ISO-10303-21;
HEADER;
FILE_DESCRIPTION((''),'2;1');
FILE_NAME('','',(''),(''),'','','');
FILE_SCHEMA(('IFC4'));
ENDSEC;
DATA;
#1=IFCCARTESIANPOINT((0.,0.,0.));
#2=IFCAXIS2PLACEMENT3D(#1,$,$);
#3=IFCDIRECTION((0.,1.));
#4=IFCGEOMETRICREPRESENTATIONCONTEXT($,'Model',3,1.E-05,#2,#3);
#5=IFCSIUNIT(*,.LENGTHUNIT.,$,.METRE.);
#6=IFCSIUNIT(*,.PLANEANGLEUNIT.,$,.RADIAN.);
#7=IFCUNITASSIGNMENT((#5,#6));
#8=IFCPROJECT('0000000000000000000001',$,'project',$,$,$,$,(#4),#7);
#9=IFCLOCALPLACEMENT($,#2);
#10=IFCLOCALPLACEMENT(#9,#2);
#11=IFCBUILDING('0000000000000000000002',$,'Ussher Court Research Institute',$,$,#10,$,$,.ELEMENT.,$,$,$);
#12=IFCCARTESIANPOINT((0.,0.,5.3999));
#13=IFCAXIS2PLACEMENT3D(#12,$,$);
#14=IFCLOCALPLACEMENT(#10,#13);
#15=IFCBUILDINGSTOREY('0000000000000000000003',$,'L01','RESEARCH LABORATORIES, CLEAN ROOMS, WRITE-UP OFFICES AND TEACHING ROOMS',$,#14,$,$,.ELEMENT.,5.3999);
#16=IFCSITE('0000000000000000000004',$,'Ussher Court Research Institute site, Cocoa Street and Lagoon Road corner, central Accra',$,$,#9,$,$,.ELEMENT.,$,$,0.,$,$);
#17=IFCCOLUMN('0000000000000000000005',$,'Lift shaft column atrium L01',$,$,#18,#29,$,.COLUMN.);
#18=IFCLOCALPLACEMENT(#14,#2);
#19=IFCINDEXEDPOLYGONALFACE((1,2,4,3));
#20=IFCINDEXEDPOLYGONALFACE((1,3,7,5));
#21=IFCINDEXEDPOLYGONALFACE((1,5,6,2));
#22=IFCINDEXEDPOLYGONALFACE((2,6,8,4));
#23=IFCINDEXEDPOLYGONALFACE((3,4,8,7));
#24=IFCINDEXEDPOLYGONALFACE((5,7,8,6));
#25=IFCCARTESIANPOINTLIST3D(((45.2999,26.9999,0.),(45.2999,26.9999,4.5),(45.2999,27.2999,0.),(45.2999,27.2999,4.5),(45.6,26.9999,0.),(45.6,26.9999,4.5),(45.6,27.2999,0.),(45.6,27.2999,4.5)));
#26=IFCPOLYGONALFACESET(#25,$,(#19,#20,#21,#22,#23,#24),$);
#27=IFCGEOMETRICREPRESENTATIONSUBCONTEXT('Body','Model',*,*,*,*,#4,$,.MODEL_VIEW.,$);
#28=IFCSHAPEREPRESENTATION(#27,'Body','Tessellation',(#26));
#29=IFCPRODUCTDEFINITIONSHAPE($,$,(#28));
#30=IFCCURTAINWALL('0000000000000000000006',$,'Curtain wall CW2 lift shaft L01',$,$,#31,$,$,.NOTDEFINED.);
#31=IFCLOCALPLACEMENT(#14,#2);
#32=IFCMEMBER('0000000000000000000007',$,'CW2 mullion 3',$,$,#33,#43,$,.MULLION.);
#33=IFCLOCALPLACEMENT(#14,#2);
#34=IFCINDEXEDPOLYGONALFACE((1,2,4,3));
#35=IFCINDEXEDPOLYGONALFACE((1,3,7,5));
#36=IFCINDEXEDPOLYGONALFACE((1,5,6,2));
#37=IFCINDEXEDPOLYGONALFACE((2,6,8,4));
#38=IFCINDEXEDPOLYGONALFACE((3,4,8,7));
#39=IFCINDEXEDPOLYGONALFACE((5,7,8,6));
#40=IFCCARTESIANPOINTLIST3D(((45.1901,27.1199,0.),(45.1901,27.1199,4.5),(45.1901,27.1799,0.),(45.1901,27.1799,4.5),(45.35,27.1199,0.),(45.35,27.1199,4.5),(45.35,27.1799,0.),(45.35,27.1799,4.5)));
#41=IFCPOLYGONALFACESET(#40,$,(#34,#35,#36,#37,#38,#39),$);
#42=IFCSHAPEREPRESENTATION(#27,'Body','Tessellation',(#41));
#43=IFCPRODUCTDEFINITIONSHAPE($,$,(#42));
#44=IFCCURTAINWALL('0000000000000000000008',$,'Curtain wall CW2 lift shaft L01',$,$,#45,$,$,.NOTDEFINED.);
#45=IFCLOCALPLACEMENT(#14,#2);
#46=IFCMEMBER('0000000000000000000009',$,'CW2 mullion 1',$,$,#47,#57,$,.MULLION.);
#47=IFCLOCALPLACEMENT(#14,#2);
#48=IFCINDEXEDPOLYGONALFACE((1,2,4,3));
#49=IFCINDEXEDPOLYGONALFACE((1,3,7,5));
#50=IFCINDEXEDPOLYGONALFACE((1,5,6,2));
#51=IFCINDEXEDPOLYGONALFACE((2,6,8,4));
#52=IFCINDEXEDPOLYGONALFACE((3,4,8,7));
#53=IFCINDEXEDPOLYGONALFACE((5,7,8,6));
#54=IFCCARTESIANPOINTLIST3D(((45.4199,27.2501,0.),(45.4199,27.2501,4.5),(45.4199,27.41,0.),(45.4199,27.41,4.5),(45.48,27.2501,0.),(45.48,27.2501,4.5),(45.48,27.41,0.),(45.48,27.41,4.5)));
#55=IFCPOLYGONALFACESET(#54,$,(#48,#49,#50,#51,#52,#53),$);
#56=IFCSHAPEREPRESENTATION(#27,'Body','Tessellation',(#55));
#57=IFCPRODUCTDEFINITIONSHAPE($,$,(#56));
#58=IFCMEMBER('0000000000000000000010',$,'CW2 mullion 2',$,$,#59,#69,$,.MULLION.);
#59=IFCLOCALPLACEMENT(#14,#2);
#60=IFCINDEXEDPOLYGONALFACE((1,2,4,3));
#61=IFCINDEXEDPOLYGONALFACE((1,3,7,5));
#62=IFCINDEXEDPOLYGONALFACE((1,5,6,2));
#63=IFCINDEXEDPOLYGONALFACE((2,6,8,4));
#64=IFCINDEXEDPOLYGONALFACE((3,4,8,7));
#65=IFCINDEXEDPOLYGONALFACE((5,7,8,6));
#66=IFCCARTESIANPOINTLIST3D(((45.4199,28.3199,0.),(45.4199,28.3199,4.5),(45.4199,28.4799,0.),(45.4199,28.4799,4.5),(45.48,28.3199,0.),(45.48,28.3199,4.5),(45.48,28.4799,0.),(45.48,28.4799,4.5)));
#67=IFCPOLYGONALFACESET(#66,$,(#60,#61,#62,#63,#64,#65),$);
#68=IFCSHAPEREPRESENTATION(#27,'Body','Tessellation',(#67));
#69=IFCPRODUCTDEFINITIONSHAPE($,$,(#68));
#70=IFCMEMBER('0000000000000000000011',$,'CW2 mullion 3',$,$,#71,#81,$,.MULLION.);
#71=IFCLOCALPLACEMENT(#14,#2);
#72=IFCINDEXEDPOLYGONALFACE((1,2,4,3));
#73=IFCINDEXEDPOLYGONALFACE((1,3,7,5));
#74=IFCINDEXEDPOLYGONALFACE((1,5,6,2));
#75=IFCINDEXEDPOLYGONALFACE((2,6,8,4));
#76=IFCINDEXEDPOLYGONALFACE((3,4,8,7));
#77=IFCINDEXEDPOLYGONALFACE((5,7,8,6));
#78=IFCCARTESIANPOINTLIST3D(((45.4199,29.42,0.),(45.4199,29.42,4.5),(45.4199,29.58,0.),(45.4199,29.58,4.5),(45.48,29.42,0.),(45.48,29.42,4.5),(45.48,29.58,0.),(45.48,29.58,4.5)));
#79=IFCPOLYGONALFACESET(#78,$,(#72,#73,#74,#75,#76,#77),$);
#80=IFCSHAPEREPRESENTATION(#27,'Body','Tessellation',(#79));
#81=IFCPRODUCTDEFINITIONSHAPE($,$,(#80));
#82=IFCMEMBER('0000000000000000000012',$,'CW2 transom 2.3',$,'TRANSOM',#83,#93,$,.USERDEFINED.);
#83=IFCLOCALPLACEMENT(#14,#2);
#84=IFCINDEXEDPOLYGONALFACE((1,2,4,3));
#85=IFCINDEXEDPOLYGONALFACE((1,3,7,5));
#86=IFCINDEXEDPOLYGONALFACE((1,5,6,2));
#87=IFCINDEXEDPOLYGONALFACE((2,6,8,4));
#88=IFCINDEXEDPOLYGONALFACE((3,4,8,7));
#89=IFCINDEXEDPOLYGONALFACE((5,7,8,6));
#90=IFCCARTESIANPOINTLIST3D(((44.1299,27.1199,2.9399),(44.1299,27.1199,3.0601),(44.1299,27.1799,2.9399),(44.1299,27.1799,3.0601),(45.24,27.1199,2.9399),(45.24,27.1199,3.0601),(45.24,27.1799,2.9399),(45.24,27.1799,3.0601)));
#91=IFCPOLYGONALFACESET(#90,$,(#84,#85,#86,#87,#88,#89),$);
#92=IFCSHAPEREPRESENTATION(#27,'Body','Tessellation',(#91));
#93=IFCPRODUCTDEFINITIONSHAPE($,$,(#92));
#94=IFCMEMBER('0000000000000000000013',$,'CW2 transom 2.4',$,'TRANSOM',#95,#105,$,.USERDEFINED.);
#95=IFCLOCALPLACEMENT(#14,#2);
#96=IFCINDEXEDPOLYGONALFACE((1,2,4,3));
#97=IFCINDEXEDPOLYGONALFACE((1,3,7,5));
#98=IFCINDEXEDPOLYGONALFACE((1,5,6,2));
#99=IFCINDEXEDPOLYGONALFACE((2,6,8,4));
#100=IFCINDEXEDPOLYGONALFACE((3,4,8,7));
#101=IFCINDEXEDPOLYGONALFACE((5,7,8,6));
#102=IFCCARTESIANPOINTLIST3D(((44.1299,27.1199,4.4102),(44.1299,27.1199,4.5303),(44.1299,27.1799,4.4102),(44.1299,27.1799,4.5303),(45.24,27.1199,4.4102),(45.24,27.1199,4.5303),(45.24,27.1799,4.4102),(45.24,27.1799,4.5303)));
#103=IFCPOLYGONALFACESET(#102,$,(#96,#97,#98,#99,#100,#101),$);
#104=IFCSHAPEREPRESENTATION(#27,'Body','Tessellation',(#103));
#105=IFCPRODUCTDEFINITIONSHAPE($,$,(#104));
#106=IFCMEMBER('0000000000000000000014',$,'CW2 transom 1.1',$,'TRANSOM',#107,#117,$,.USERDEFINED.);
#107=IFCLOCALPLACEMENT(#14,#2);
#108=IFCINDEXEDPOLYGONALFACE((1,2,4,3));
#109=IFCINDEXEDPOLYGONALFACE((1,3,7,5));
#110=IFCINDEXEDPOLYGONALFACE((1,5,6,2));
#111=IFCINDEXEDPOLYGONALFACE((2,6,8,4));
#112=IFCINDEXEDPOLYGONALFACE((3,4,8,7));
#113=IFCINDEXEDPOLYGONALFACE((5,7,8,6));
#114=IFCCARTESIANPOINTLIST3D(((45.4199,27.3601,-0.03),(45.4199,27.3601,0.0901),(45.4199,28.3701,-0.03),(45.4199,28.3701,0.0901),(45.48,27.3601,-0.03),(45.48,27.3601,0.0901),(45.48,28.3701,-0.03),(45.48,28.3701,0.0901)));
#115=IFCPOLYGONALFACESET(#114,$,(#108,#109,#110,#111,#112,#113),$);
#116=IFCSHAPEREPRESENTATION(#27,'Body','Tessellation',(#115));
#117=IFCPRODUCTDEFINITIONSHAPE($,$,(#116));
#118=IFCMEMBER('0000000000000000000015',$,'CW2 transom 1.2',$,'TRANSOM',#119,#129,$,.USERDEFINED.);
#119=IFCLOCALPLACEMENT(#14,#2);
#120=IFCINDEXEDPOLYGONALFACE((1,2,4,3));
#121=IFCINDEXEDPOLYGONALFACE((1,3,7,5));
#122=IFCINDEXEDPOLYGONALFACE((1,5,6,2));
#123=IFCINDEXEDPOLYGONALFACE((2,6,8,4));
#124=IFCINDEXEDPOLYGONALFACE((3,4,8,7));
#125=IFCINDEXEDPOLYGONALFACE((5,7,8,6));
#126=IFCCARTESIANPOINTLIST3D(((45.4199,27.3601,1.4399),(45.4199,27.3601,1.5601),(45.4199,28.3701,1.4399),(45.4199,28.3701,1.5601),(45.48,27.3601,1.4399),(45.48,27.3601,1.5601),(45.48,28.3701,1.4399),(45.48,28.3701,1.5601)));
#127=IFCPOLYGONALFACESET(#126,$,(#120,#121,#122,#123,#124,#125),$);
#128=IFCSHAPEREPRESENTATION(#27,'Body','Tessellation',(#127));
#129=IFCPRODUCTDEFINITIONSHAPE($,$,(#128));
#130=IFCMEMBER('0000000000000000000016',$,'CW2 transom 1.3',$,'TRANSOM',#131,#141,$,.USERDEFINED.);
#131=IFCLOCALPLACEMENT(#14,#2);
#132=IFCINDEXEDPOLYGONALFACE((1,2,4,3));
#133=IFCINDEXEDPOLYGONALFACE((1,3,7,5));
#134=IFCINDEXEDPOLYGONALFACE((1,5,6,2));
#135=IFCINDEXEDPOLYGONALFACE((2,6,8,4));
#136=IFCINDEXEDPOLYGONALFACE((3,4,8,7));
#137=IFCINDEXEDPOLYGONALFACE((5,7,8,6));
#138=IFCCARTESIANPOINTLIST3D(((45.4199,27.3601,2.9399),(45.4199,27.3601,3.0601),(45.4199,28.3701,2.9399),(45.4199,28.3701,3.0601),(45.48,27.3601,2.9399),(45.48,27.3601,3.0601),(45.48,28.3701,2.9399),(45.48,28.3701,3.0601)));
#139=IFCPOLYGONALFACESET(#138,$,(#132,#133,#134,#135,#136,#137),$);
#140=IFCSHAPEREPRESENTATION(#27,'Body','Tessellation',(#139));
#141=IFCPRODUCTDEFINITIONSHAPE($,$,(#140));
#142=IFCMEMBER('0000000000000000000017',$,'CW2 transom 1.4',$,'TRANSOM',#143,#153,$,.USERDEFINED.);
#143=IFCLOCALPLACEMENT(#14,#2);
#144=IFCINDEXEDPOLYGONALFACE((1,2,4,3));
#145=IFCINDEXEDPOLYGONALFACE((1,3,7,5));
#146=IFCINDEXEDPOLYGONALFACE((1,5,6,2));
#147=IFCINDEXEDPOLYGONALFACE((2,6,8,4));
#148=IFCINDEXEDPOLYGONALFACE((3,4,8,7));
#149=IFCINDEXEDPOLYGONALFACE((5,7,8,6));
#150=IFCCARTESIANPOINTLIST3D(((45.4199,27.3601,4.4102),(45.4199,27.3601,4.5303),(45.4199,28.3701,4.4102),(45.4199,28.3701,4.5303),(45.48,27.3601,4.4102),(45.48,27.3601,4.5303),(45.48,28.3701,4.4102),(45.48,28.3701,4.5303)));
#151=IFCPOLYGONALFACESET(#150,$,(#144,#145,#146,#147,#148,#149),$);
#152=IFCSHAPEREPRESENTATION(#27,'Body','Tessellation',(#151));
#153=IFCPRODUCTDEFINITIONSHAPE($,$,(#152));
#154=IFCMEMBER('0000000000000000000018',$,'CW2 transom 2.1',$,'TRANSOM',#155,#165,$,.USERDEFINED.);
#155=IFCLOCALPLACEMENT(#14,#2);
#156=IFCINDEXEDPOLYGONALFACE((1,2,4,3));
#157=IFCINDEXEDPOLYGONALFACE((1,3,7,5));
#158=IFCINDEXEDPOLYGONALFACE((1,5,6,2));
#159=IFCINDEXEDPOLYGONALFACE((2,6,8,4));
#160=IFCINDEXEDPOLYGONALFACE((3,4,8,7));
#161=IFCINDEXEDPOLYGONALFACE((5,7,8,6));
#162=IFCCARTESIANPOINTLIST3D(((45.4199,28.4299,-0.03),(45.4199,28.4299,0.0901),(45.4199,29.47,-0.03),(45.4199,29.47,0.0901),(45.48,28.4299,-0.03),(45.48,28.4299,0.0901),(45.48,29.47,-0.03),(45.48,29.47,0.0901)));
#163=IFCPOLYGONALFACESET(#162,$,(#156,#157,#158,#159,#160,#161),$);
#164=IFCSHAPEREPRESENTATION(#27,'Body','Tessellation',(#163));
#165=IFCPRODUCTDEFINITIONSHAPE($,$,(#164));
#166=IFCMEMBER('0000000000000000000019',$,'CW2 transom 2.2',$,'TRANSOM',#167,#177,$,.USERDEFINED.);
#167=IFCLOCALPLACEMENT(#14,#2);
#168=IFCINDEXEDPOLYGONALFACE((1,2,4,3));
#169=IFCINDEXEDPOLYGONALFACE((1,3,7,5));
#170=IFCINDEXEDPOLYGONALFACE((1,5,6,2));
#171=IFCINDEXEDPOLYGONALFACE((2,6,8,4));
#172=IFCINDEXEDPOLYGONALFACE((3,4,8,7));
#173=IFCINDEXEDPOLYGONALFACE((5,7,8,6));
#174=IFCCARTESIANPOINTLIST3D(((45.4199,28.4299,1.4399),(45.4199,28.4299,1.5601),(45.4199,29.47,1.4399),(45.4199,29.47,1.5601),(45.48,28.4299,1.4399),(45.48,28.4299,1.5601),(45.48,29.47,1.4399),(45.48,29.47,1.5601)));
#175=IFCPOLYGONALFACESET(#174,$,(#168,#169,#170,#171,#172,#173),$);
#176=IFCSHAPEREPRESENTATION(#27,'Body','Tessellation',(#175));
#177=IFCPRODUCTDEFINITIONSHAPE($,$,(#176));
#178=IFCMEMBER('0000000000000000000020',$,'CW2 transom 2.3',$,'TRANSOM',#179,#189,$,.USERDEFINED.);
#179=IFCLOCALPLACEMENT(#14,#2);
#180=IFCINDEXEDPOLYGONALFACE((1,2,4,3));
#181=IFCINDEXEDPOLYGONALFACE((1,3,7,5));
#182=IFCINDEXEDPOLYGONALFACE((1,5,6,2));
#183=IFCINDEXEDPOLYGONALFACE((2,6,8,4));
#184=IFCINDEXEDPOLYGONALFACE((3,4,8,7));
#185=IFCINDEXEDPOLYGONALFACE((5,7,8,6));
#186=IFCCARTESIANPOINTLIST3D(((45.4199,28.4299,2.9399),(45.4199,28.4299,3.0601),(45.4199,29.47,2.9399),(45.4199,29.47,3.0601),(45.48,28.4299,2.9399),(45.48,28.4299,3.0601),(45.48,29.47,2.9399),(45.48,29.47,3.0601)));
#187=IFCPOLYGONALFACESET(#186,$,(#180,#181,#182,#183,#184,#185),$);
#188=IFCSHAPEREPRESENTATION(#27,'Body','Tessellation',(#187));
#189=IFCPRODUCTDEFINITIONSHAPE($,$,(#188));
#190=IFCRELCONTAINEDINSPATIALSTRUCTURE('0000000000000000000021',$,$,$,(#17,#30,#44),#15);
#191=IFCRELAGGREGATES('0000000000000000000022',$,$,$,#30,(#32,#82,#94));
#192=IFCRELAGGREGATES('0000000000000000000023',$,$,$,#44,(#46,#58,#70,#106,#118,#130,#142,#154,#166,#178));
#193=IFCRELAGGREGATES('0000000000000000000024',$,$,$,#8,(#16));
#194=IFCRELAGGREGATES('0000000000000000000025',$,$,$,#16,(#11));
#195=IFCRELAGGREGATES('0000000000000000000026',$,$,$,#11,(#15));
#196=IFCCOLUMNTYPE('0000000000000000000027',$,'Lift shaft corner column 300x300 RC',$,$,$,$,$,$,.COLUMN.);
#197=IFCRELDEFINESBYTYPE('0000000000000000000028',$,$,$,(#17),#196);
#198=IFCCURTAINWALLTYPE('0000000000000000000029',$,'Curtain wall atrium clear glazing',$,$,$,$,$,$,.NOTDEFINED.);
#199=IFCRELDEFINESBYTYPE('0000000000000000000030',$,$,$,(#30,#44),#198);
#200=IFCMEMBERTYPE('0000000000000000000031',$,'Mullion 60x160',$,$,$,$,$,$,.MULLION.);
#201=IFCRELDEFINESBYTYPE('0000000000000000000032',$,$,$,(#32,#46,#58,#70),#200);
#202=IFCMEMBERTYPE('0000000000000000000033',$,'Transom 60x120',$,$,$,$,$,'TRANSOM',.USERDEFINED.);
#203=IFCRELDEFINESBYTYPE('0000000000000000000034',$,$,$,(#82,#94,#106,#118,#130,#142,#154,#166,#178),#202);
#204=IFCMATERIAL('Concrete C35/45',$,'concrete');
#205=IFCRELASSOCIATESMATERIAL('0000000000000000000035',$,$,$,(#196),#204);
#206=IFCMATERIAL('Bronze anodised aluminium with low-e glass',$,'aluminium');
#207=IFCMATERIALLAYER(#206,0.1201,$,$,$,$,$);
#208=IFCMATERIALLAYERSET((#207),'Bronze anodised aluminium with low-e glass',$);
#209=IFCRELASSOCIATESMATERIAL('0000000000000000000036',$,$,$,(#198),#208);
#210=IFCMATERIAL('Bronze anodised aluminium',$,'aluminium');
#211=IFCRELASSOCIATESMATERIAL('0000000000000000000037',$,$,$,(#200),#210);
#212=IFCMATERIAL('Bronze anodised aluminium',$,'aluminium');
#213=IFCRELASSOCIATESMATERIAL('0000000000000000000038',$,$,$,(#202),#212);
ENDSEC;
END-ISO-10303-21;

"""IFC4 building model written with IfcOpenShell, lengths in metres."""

from ifc_helpers import new_model, si_unit, direction, frame, origin, origin_2d, place, context, subcontext, project, spatial, rectangle, extrude, material, layer, layer_set, material_profile, profile_set, type_object, element, aggregate, save


model = new_model("IFC4")

# Units and contexts
model_context = context("Model", 3, precision=1e-05, world=origin(), true_north=direction((0.0, 1.0)))
body_context = subcontext(model_context, "Body", "Model", "MODEL_VIEW")
ifc_project = project(units=[si_unit("LENGTHUNIT", "METRE"), si_unit("PLANEANGLEUNIT", "RADIAN")], contexts=[model_context])

# Site, building, storey
site_placement = place(None, origin())
site = spatial("IfcSite", under=ifc_project, at=site_placement, Name="Ussher Court Research Institute site, Cocoa Street and Lagoon Road corner, central Accra", CompositionType="ELEMENT", RefElevation=0.0)
building_placement = place(site_placement, origin())
building = spatial("IfcBuilding", under=site, at=building_placement, Name="Ussher Court Research Institute", CompositionType="ELEMENT")
storey_placement = place(building_placement, frame((0.0, 0.0, 5.3999)))
storey = spatial("IfcBuildingStorey", under=building, at=storey_placement, Name="L01", Description="RESEARCH LABORATORIES, CLEAN ROOMS, WRITE-UP OFFICES AND TEACHING ROOMS", CompositionType="ELEMENT", Elevation=5.3999)

# Column
ifc_material_1 = material(Name="Concrete C35/45", Category="concrete")
ifc_material_profile_1 = material_profile(ifc_material_1, rectangle(XDim=0.3, YDim=0.3, at=origin_2d()), Name="RC 300x300")
ifc_profile_set_1 = profile_set([ifc_material_profile_1], Name="Concrete C35/45")
column_type = type_object("IfcColumnType", Name="Lift shaft corner column 300x300 RC", PredefinedType="COLUMN", material=ifc_profile_set_1)
column_placement = place(storey_placement, frame((45.45, 27.1499, 0.0), z_axis=(0.0, 0.0, 1.0), x_axis=(1.0, 0.0, 0.0)))
element("IfcColumn", 1, at=column_placement, inside=storey, type_object=column_type, Name="Lift shaft column atrium L01", PredefinedType="COLUMN", context=body_context, shape_type="SweptSolid", body=[
    extrude(rectangle(XDim=0.3, YDim=0.3, at=origin_2d()), origin(), (0.0, 0.0, 1.0), 4.5),
])

# Curtain wall, member
ifc_material_2 = material(Name="Bronze anodised aluminium with low-e glass", Category="aluminium")
ifc_layer_1 = layer(ifc_material_2, 0.1201)
ifc_layer_set_1 = layer_set([ifc_layer_1], Name="Bronze anodised aluminium with low-e glass")
curtain_wall_type = type_object("IfcCurtainWallType", Name="Curtain wall atrium clear glazing", PredefinedType="NOTDEFINED", material=ifc_layer_set_1)
curtain_wall_1_placement = place(storey_placement, origin())
curtain_wall_1 = element("IfcCurtainWall", 2, at=curtain_wall_1_placement, inside=storey, type_object=curtain_wall_type, Name="Curtain wall CW2 lift shaft L01", PredefinedType="NOTDEFINED")
ifc_material_3 = material(Name="Bronze anodised aluminium", Category="aluminium")
ifc_material_profile_2 = material_profile(ifc_material_3, rectangle(XDim=0.0601, YDim=0.1599, at=origin_2d()), Name="Mullion 60x160")
ifc_profile_set_2 = profile_set([ifc_material_profile_2], Name="Bronze anodised aluminium")
member_type_1 = type_object("IfcMemberType", Name="Mullion 60x160", PredefinedType="MULLION", material=ifc_profile_set_2)
member_1_placement = place(storey_placement, frame((45.27, 27.1499, 0.0), z_axis=(0.0, 0.0, 1.0), x_axis=(0.0, 1.0, 0.0)))
member_1 = element("IfcMember", 3, at=member_1_placement, type_object=member_type_1, Name="CW2 mullion 3", PredefinedType="MULLION", context=body_context, shape_type="SweptSolid", body=[
    extrude(rectangle(XDim=0.0601, YDim=0.1599, at=origin_2d()), origin(), (0.0, 0.0, 1.0), 4.5),
])

# Curtain wall, members
curtain_wall_2_placement = place(storey_placement, origin())
curtain_wall_2 = element("IfcCurtainWall", 4, at=curtain_wall_2_placement, inside=storey, type_object=curtain_wall_type, Name="Curtain wall CW2 lift shaft L01", PredefinedType="NOTDEFINED")
member_2_placement = place(storey_placement, frame((45.45, 27.3301, 0.0), z_axis=(0.0, 0.0, 1.0), x_axis=(-1.0, 0.0, 0.0)))
member_2 = element("IfcMember", 5, at=member_2_placement, type_object=member_type_1, Name="CW2 mullion 1", PredefinedType="MULLION", context=body_context, shape_type="SweptSolid", body=[
    extrude(rectangle(XDim=0.0601, YDim=0.1599, at=origin_2d()), origin(), (0.0, 0.0, 1.0), 4.5),
])
member_3_placement = place(storey_placement, frame((45.45, 28.3999, 0.0), z_axis=(0.0, 0.0, 1.0), x_axis=(-1.0, 0.0, 0.0)))
member_3 = element("IfcMember", 6, at=member_3_placement, type_object=member_type_1, Name="CW2 mullion 2", PredefinedType="MULLION", context=body_context, shape_type="SweptSolid", body=[
    extrude(rectangle(XDim=0.0601, YDim=0.1599, at=origin_2d()), origin(), (0.0, 0.0, 1.0), 4.5),
])
member_4_placement = place(storey_placement, frame((45.45, 29.5, 0.0), z_axis=(0.0, 0.0, 1.0), x_axis=(-1.0, 0.0, 0.0)))
member_4 = element("IfcMember", 7, at=member_4_placement, type_object=member_type_1, Name="CW2 mullion 3", PredefinedType="MULLION", context=body_context, shape_type="SweptSolid", body=[
    extrude(rectangle(XDim=0.0601, YDim=0.1599, at=origin_2d()), origin(), (0.0, 0.0, 1.0), 4.5),
])

# Members
ifc_material_4 = material(Name="Bronze anodised aluminium", Category="aluminium")
ifc_material_profile_3 = material_profile(ifc_material_4, rectangle(XDim=0.0601, YDim=0.1201, at=origin_2d()), Name="Transom 60x120")
ifc_profile_set_3 = profile_set([ifc_material_profile_3], Name="Bronze anodised aluminium")
member_type_2 = type_object("IfcMemberType", Name="Transom 60x120", ElementType="TRANSOM", PredefinedType="USERDEFINED", material=ifc_profile_set_3)
member_5_placement = place(storey_placement, frame((44.1299, 27.1499, 3.0), z_axis=(1.0, 0.0, 0.0), x_axis=(0.0, 1.0, 0.0)))
member_5 = element("IfcMember", 8, at=member_5_placement, type_object=member_type_2, Name="CW2 transom 2.3", ObjectType="TRANSOM", PredefinedType="USERDEFINED", context=body_context, shape_type="SweptSolid", body=[
    extrude(rectangle(XDim=0.0601, YDim=0.1201, at=origin_2d()), origin(), (0.0, 0.0, 1.0), 1.1101),
])
member_6_placement = place(storey_placement, frame((44.1299, 27.1499, 4.4702), z_axis=(1.0, 0.0, 0.0), x_axis=(0.0, 1.0, 0.0)))
member_6 = element("IfcMember", 9, at=member_6_placement, type_object=member_type_2, Name="CW2 transom 2.4", ObjectType="TRANSOM", PredefinedType="USERDEFINED", context=body_context, shape_type="SweptSolid", body=[
    extrude(rectangle(XDim=0.0601, YDim=0.1201, at=origin_2d()), origin(), (0.0, 0.0, 1.0), 1.1101),
])
member_7_placement = place(storey_placement, frame((45.45, 27.3601, 0.03), z_axis=(0.0, 1.0, 0.0), x_axis=(-1.0, 0.0, 0.0)))
member_7 = element("IfcMember", 10, at=member_7_placement, type_object=member_type_2, Name="CW2 transom 1.1", ObjectType="TRANSOM", PredefinedType="USERDEFINED", context=body_context, shape_type="SweptSolid", body=[
    extrude(rectangle(XDim=0.0601, YDim=0.1201, at=origin_2d()), origin(), (0.0, 0.0, 1.0), 1.01),
])
member_8_placement = place(storey_placement, frame((45.45, 27.3601, 1.5), z_axis=(0.0, 1.0, 0.0), x_axis=(-1.0, 0.0, 0.0)))
member_8 = element("IfcMember", 11, at=member_8_placement, type_object=member_type_2, Name="CW2 transom 1.2", ObjectType="TRANSOM", PredefinedType="USERDEFINED", context=body_context, shape_type="SweptSolid", body=[
    extrude(rectangle(XDim=0.0601, YDim=0.1201, at=origin_2d()), origin(), (0.0, 0.0, 1.0), 1.01),
])
member_9_placement = place(storey_placement, frame((45.45, 27.3601, 3.0), z_axis=(0.0, 1.0, 0.0), x_axis=(-1.0, 0.0, 0.0)))
member_9 = element("IfcMember", 12, at=member_9_placement, type_object=member_type_2, Name="CW2 transom 1.3", ObjectType="TRANSOM", PredefinedType="USERDEFINED", context=body_context, shape_type="SweptSolid", body=[
    extrude(rectangle(XDim=0.0601, YDim=0.1201, at=origin_2d()), origin(), (0.0, 0.0, 1.0), 1.01),
])
member_10_placement = place(storey_placement, frame((45.45, 27.3601, 4.4702), z_axis=(0.0, 1.0, 0.0), x_axis=(-1.0, 0.0, 0.0)))
member_10 = element("IfcMember", 13, at=member_10_placement, type_object=member_type_2, Name="CW2 transom 1.4", ObjectType="TRANSOM", PredefinedType="USERDEFINED", context=body_context, shape_type="SweptSolid", body=[
    extrude(rectangle(XDim=0.0601, YDim=0.1201, at=origin_2d()), origin(), (0.0, 0.0, 1.0), 1.01),
])
member_11_placement = place(storey_placement, frame((45.45, 28.4299, 0.03), z_axis=(0.0, 1.0, 0.0), x_axis=(-1.0, 0.0, 0.0)))
member_11 = element("IfcMember", 14, at=member_11_placement, type_object=member_type_2, Name="CW2 transom 2.1", ObjectType="TRANSOM", PredefinedType="USERDEFINED", context=body_context, shape_type="SweptSolid", body=[
    extrude(rectangle(XDim=0.0601, YDim=0.1201, at=origin_2d()), origin(), (0.0, 0.0, 1.0), 1.04),
])
member_12_placement = place(storey_placement, frame((45.45, 28.4299, 1.5), z_axis=(0.0, 1.0, 0.0), x_axis=(-1.0, 0.0, 0.0)))
member_12 = element("IfcMember", 15, at=member_12_placement, type_object=member_type_2, Name="CW2 transom 2.2", ObjectType="TRANSOM", PredefinedType="USERDEFINED", context=body_context, shape_type="SweptSolid", body=[
    extrude(rectangle(XDim=0.0601, YDim=0.1201, at=origin_2d()), origin(), (0.0, 0.0, 1.0), 1.04),
])
member_13_placement = place(storey_placement, frame((45.45, 28.4299, 3.0), z_axis=(0.0, 1.0, 0.0), x_axis=(-1.0, 0.0, 0.0)))
member_13 = element("IfcMember", 16, at=member_13_placement, type_object=member_type_2, Name="CW2 transom 2.3", ObjectType="TRANSOM", PredefinedType="USERDEFINED", context=body_context, shape_type="SweptSolid", body=[
    extrude(rectangle(XDim=0.0601, YDim=0.1201, at=origin_2d()), origin(), (0.0, 0.0, 1.0), 1.04),
])

aggregate(curtain_wall_1, [member_1, member_5, member_6])
aggregate(curtain_wall_2, [member_2, member_3, member_4, member_7, member_8, member_9, member_10, member_11, member_12, member_13])

save(model, "model.ifc")
